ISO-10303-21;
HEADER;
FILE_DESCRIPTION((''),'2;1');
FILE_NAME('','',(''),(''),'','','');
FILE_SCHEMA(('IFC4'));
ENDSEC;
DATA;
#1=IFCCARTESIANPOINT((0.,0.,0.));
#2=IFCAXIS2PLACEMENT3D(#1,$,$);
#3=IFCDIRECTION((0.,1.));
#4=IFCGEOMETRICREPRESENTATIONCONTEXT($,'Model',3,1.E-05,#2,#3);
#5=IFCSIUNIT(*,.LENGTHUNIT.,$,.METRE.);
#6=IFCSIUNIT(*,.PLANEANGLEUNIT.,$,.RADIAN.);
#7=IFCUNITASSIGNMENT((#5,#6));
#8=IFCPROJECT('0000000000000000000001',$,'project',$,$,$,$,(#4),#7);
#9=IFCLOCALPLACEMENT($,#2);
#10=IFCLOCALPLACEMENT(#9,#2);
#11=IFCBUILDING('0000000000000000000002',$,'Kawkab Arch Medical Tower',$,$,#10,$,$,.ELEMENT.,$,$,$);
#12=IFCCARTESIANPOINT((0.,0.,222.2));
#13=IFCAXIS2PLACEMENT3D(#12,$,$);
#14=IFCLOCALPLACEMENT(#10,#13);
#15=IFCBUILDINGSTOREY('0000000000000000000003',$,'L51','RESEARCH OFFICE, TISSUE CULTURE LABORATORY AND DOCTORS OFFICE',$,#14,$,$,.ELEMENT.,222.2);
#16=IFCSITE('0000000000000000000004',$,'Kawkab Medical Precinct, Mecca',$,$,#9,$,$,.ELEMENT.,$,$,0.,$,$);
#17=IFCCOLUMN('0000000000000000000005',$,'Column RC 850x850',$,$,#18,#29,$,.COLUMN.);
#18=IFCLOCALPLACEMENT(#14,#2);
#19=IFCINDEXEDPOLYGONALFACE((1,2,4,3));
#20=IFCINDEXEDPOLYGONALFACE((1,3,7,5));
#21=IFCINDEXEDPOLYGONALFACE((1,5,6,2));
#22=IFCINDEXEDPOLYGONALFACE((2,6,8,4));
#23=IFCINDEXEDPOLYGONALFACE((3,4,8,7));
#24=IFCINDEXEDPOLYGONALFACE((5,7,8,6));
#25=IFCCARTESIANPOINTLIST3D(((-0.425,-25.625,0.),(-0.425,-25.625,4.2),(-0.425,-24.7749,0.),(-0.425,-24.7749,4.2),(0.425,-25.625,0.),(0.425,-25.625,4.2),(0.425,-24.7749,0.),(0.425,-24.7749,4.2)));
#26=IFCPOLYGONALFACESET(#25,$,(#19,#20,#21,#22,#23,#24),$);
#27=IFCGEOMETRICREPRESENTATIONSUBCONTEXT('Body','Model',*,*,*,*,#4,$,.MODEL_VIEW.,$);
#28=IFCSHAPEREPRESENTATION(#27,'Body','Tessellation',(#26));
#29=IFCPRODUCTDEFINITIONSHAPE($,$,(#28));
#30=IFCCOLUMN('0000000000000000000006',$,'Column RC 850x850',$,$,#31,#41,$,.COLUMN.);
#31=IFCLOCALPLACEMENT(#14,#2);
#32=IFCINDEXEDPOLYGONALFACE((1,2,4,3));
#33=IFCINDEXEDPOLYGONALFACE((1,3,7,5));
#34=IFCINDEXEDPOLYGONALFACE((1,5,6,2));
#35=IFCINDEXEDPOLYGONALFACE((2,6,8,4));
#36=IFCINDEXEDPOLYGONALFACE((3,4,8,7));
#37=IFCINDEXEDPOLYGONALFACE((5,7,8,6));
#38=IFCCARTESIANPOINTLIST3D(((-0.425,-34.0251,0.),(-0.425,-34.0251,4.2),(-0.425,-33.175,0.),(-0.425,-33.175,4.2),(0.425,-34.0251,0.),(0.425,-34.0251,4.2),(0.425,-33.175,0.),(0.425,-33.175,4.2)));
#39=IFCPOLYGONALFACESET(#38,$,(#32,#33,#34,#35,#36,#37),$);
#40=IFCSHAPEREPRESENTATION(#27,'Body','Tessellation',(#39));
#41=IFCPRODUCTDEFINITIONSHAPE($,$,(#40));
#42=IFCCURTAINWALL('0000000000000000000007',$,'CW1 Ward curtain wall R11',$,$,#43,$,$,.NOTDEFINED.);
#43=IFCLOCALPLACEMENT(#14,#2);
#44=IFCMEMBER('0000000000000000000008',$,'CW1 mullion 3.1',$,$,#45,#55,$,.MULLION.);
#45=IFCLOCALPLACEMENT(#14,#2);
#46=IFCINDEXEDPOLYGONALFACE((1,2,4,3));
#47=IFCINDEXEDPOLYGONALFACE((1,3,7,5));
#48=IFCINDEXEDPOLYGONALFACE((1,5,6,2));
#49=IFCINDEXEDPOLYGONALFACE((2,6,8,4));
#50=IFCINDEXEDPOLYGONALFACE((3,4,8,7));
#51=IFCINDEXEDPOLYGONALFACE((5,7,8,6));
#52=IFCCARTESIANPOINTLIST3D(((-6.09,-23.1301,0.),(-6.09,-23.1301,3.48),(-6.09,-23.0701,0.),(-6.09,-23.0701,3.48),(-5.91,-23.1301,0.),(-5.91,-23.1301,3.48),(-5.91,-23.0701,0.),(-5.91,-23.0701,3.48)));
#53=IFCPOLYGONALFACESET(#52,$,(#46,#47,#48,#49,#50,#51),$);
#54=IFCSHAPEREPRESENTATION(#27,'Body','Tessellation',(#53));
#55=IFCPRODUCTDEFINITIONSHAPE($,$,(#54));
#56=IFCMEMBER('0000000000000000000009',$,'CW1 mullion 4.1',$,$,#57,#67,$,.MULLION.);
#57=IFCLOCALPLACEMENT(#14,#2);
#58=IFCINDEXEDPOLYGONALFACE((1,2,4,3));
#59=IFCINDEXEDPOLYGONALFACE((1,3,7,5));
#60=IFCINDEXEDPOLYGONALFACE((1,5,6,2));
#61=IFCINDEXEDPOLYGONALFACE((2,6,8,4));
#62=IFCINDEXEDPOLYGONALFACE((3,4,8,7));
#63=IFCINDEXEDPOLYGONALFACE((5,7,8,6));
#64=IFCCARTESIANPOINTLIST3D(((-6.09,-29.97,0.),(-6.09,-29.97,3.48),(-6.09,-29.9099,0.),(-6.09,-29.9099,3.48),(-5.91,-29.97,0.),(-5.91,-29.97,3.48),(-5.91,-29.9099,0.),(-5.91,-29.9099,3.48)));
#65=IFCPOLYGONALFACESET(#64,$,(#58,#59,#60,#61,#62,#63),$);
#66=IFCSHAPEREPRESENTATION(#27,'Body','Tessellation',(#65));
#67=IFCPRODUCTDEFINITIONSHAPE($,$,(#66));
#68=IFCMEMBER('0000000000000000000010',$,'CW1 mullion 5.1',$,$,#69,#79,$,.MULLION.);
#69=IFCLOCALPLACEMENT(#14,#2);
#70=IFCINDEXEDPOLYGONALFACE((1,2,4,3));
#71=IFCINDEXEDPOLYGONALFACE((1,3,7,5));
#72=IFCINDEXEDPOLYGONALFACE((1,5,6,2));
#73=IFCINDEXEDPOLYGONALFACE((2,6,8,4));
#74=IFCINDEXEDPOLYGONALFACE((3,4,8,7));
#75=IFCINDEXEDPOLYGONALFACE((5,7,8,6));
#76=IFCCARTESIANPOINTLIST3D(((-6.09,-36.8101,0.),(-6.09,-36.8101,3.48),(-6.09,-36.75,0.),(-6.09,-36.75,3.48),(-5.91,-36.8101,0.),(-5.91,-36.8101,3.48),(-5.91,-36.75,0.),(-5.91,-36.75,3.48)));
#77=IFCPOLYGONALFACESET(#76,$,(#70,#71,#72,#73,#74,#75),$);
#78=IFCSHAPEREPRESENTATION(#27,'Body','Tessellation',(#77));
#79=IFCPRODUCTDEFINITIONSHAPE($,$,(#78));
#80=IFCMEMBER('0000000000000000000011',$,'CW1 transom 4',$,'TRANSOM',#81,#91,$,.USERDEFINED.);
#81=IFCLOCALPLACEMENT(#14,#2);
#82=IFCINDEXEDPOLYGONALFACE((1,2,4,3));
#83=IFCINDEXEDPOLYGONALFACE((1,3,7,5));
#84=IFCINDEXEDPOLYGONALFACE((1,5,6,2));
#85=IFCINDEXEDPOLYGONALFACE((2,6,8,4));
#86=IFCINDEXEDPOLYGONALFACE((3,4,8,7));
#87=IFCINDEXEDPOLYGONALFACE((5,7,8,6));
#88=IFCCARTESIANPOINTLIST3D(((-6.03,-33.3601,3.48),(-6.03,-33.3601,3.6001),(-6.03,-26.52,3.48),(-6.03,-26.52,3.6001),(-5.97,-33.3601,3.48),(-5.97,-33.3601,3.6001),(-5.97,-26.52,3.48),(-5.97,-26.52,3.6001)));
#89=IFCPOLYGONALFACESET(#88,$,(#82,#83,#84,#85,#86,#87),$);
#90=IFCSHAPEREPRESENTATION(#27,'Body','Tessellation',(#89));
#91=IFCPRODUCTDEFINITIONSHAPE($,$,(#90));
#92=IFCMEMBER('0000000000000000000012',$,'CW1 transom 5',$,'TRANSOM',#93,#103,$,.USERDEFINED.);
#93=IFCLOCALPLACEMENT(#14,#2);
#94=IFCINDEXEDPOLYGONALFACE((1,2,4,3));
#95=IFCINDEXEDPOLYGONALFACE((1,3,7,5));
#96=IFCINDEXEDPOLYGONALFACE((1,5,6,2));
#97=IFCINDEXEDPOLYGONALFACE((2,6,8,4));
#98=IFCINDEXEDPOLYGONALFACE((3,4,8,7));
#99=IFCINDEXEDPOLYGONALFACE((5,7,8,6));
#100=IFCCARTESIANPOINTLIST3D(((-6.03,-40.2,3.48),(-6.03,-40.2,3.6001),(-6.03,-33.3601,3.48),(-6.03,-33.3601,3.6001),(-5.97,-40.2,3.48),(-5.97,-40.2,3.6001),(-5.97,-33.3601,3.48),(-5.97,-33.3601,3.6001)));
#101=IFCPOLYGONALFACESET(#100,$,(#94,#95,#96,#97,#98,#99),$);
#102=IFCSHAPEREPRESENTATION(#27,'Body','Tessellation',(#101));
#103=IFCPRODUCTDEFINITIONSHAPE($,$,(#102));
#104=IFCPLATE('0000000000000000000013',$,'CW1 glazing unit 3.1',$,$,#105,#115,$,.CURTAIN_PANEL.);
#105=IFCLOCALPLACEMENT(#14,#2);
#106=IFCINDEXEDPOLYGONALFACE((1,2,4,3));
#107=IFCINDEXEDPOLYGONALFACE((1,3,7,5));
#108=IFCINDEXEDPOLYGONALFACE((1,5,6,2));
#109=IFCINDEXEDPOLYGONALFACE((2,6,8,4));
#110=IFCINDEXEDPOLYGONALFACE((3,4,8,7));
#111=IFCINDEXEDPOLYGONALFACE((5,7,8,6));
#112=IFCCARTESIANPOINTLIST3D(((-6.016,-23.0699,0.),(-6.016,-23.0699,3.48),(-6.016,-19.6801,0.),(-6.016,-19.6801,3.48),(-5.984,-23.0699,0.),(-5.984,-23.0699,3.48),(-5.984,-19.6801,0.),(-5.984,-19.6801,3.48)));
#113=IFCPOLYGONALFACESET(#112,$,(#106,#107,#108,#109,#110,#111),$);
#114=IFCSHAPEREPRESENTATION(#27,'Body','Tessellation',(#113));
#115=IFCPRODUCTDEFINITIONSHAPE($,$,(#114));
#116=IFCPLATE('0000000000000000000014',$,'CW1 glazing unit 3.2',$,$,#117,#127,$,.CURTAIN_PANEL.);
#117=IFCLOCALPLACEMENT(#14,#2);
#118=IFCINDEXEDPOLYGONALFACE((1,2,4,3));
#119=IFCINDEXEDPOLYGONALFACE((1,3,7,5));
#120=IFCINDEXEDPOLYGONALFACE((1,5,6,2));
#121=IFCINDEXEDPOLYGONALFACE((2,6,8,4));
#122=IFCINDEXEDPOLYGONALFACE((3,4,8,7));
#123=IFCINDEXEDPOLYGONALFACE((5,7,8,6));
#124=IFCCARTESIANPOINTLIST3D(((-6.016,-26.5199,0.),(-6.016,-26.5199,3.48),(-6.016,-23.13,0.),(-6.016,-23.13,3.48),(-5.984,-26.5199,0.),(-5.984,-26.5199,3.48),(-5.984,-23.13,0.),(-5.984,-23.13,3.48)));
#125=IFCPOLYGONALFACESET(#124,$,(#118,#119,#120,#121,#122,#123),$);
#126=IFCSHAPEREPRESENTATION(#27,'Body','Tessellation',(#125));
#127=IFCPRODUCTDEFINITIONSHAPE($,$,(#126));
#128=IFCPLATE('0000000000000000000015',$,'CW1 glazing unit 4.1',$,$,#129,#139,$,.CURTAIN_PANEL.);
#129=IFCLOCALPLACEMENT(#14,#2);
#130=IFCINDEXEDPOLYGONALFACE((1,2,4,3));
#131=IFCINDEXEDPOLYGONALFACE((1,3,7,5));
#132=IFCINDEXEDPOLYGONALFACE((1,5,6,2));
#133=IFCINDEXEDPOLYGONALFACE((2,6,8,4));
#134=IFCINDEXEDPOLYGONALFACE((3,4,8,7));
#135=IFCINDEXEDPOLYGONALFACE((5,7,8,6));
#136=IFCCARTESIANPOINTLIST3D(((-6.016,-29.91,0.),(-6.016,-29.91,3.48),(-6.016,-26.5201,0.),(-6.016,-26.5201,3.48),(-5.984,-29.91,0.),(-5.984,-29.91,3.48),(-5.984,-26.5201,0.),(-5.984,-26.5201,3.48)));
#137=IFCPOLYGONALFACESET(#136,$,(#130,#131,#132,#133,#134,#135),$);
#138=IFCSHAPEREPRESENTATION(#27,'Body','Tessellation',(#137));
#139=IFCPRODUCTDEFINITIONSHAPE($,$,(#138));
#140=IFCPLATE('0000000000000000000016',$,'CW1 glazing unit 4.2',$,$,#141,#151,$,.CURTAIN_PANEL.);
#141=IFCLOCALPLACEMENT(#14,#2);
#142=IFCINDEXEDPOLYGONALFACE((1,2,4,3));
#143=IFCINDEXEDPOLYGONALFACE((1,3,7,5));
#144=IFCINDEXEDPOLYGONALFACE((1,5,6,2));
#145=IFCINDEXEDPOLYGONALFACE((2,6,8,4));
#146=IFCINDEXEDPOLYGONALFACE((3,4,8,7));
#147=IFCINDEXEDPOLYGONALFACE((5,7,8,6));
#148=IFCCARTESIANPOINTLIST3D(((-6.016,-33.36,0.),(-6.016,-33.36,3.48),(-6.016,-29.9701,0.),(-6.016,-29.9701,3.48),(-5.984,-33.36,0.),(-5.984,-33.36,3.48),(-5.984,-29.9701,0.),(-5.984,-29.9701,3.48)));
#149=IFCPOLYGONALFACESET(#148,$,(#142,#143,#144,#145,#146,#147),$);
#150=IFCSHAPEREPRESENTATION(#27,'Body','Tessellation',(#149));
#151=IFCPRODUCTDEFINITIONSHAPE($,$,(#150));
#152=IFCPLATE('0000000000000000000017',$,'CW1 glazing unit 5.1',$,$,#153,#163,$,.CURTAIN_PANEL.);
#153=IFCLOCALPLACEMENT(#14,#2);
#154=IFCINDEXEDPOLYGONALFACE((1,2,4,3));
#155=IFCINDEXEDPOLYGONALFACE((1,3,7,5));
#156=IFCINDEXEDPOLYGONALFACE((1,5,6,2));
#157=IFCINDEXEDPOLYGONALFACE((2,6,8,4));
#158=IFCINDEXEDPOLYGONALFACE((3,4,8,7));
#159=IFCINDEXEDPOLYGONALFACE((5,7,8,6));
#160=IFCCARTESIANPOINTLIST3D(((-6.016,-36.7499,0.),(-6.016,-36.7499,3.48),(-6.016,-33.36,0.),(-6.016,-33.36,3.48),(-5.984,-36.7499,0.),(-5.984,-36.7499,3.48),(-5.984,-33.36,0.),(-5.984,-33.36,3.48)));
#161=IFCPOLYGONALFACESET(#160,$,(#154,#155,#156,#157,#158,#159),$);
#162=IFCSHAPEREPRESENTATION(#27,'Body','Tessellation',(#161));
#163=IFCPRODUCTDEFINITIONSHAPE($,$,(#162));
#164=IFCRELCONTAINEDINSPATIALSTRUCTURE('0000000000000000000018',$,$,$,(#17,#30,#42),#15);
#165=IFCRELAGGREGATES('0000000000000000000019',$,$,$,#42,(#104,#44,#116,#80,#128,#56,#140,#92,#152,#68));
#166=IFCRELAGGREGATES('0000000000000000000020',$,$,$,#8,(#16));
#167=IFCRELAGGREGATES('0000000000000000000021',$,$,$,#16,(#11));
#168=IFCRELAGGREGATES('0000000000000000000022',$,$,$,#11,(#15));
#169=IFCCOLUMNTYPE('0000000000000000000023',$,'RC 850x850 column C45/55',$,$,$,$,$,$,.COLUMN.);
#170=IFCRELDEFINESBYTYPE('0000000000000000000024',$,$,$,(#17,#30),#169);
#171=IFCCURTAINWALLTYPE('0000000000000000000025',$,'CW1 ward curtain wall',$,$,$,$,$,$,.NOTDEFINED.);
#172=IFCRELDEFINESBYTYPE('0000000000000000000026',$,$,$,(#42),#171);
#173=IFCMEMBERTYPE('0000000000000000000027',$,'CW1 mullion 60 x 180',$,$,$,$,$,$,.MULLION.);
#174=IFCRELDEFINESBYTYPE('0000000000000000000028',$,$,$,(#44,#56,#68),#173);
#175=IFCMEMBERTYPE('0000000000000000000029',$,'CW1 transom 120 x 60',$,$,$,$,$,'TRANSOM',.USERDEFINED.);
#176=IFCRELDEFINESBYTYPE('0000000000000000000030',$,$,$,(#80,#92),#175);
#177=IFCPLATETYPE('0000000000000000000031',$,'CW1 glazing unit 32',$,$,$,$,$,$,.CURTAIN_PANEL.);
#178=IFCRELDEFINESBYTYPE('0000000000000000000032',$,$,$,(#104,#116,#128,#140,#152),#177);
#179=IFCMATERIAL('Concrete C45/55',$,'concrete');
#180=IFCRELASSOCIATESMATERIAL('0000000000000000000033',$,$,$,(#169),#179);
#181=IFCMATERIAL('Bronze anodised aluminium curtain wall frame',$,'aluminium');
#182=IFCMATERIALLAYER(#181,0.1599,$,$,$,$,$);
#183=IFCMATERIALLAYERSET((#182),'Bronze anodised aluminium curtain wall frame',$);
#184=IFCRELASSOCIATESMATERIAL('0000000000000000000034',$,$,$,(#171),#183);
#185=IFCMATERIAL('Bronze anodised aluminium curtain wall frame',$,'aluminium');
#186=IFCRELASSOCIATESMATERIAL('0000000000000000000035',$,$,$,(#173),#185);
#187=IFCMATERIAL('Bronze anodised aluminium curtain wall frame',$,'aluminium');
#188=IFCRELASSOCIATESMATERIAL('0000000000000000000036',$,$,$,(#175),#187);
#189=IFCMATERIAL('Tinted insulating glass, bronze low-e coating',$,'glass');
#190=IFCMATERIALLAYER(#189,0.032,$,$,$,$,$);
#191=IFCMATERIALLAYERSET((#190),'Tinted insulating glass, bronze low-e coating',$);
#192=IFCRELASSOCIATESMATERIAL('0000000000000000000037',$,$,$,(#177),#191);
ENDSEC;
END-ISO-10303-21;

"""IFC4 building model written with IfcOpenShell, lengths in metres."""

from ifc_helpers import new_model, si_unit, direction, frame, origin, origin_2d, place, context, subcontext, project, spatial, rectangle, extrude, material, layer, layer_set, material_profile, profile_set, type_object, element, aggregate, save


model = new_model("IFC4")

# Units and contexts
model_context = context("Model", 3, precision=1e-05, world=origin(), true_north=direction((0.0, 1.0)))
body_context = subcontext(model_context, "Body", "Model", "MODEL_VIEW")
ifc_project = project(units=[si_unit("LENGTHUNIT", "METRE"), si_unit("PLANEANGLEUNIT", "RADIAN")], contexts=[model_context])

# Site, building, storey
site_placement = place(None, origin())
site = spatial("IfcSite", under=ifc_project, at=site_placement, Name="Kawkab Medical Precinct, Mecca", CompositionType="ELEMENT", RefElevation=0.0)
building_placement = place(site_placement, origin())
building = spatial("IfcBuilding", under=site, at=building_placement, Name="Kawkab Arch Medical Tower", CompositionType="ELEMENT")
storey_placement = place(building_placement, frame((0.0, 0.0, 222.2)))
storey = spatial("IfcBuildingStorey", under=building, at=storey_placement, Name="L51", Description="RESEARCH OFFICE, TISSUE CULTURE LABORATORY AND DOCTORS OFFICE", CompositionType="ELEMENT", Elevation=222.2)

# Columns
ifc_material_1 = material(Name="Concrete C45/55", Category="concrete")
ifc_material_profile_1 = material_profile(ifc_material_1, rectangle(XDim=0.8501, YDim=0.8501, at=origin_2d()), Name="RC 850x850")
ifc_profile_set_1 = profile_set([ifc_material_profile_1], Name="Concrete C45/55")
column_type = type_object("IfcColumnType", Name="RC 850x850 column C45/55", PredefinedType="COLUMN", material=ifc_profile_set_1)
for number, where, z_axis, x_axis, name in (
    (1, (0.0, -25.2, 0.0), (0.0, 0.0, 1.0), (1.0, 0.0, 0.0), "Column RC 850x850"),
    (2, (0.0, -33.6001, 0.0), (0.0, 0.0, 1.0), (1.0, 0.0, 0.0), "Column RC 850x850"),
):
    element("IfcColumn", number, at=place(storey_placement, frame(where, z_axis=z_axis, x_axis=x_axis)), inside=storey, type_object=column_type, Name=name, PredefinedType="COLUMN", context=body_context, shape_type="SweptSolid", body=[
        extrude(rectangle(XDim=0.8501, YDim=0.8501, at=origin_2d()), origin(), (0.0, 0.0, 1.0), 4.2),
    ])

# Curtain wall, members, plates
ifc_material_2 = material(Name="Bronze anodised aluminium curtain wall frame", Category="aluminium")
ifc_layer_1 = layer(ifc_material_2, 0.1599)
ifc_layer_set_1 = layer_set([ifc_layer_1], Name="Bronze anodised aluminium curtain wall frame")
curtain_wall_type = type_object("IfcCurtainWallType", Name="CW1 ward curtain wall", PredefinedType="NOTDEFINED", material=ifc_layer_set_1)
placement = place(storey_placement, origin())
curtain_wall = element("IfcCurtainWall", 3, at=placement, inside=storey, type_object=curtain_wall_type, Name="CW1 Ward curtain wall R11", PredefinedType="NOTDEFINED")
ifc_material_3 = material(Name="Bronze anodised aluminium curtain wall frame", Category="aluminium")
ifc_material_profile_2 = material_profile(ifc_material_3, rectangle(XDim=0.1799, YDim=0.0601, at=origin_2d()), Name="AL 60x180")
ifc_profile_set_2 = profile_set([ifc_material_profile_2], Name="Bronze anodised aluminium curtain wall frame")
member_type_1 = type_object("IfcMemberType", Name="CW1 mullion 60 x 180", PredefinedType="MULLION", material=ifc_profile_set_2)
member_1_placement = place(storey_placement, frame((-6.0, -23.1001, 0.0), z_axis=(0.0, 0.0, 1.0), x_axis=(1.0, 0.0, 0.0)))
member_1 = element("IfcMember", 4, at=member_1_placement, type_object=member_type_1, Name="CW1 mullion 3.1", PredefinedType="MULLION", context=body_context, shape_type="SweptSolid", body=[
    extrude(rectangle(XDim=0.1799, YDim=0.0601, at=origin_2d()), origin(), (0.0, 0.0, 1.0), 3.48),
])
member_2_placement = place(storey_placement, frame((-6.0, -29.9399, 0.0), z_axis=(0.0, 0.0, 1.0), x_axis=(1.0, 0.0, 0.0)))
member_2 = element("IfcMember", 5, at=member_2_placement, type_object=member_type_1, Name="CW1 mullion 4.1", PredefinedType="MULLION", context=body_context, shape_type="SweptSolid", body=[
    extrude(rectangle(XDim=0.1799, YDim=0.0601, at=origin_2d()), origin(), (0.0, 0.0, 1.0), 3.48),
])
member_3_placement = place(storey_placement, frame((-6.0, -36.78, 0.0), z_axis=(0.0, 0.0, 1.0), x_axis=(1.0, 0.0, 0.0)))
member_3 = element("IfcMember", 6, at=member_3_placement, type_object=member_type_1, Name="CW1 mullion 5.1", PredefinedType="MULLION", context=body_context, shape_type="SweptSolid", body=[
    extrude(rectangle(XDim=0.1799, YDim=0.0601, at=origin_2d()), origin(), (0.0, 0.0, 1.0), 3.48),
])
ifc_material_4 = material(Name="Bronze anodised aluminium curtain wall frame", Category="aluminium")
ifc_material_profile_3 = material_profile(ifc_material_4, rectangle(XDim=0.0601, YDim=0.1201, at=origin_2d()), Name="AL 60x120")
ifc_profile_set_3 = profile_set([ifc_material_profile_3], Name="Bronze anodised aluminium curtain wall frame")
member_type_2 = type_object("IfcMemberType", Name="CW1 transom 120 x 60", ElementType="TRANSOM", PredefinedType="USERDEFINED", material=ifc_profile_set_3)
member_4_placement = place(storey_placement, frame((-6.0, -26.52, 3.54), z_axis=(0.0, -1.0, 0.0), x_axis=(1.0, 0.0, 0.0)))
member_4 = element("IfcMember", 7, at=member_4_placement, type_object=member_type_2, Name="CW1 transom 4", ObjectType="TRANSOM", PredefinedType="USERDEFINED", context=body_context, shape_type="SweptSolid", body=[
    extrude(rectangle(XDim=0.0601, YDim=0.1201, at=origin_2d()), origin(), (0.0, 0.0, 1.0), 6.8401),
])
member_5_placement = place(storey_placement, frame((-6.0, -33.3601, 3.54), z_axis=(0.0, -1.0, 0.0), x_axis=(1.0, 0.0, 0.0)))
member_5 = element("IfcMember", 8, at=member_5_placement, type_object=member_type_2, Name="CW1 transom 5", ObjectType="TRANSOM", PredefinedType="USERDEFINED", context=body_context, shape_type="SweptSolid", body=[
    extrude(rectangle(XDim=0.0601, YDim=0.1201, at=origin_2d()), origin(), (0.0, 0.0, 1.0), 6.8398),
])
ifc_material_5 = material(Name="Tinted insulating glass, bronze low-e coating", Category="glass")
ifc_layer_2 = layer(ifc_material_5, 0.032)
ifc_layer_set_2 = layer_set([ifc_layer_2], Name="Tinted insulating glass, bronze low-e coating")
plate_type = type_object("IfcPlateType", Name="CW1 glazing unit 32", PredefinedType="CURTAIN_PANEL", material=ifc_layer_set_2)
plate_1_placement = place(storey_placement, frame((-6.0, -21.375, 0.0), z_axis=(0.0, 0.0, 1.0), x_axis=(0.0, -1.0, 0.0)))
plate_1 = element("IfcPlate", 9, at=plate_1_placement, type_object=plate_type, Name="CW1 glazing unit 3.1", PredefinedType="CURTAIN_PANEL", context=body_context, shape_type="SweptSolid", body=[
    extrude(rectangle(XDim=3.3899, YDim=0.032, at=origin_2d()), origin(), (0.0, 0.0, 1.0), 3.48),
])
plate_2_placement = place(storey_placement, frame((-6.0, -24.825, 0.0), z_axis=(0.0, 0.0, 1.0), x_axis=(0.0, -1.0, 0.0)))
plate_2 = element("IfcPlate", 10, at=plate_2_placement, type_object=plate_type, Name="CW1 glazing unit 3.2", PredefinedType="CURTAIN_PANEL", context=body_context, shape_type="SweptSolid", body=[
    extrude(rectangle(XDim=3.3899, YDim=0.032, at=origin_2d()), origin(), (0.0, 0.0, 1.0), 3.48),
])
plate_3_placement = place(storey_placement, frame((-6.0, -28.2151, 0.0), z_axis=(0.0, 0.0, 1.0), x_axis=(0.0, -1.0, 0.0)))
plate_3 = element("IfcPlate", 11, at=plate_3_placement, type_object=plate_type, Name="CW1 glazing unit 4.1", PredefinedType="CURTAIN_PANEL", context=body_context, shape_type="SweptSolid", body=[
    extrude(rectangle(XDim=3.3899, YDim=0.032, at=origin_2d()), origin(), (0.0, 0.0, 1.0), 3.48),
])
plate_4_placement = place(storey_placement, frame((-6.0, -31.665, 0.0), z_axis=(0.0, 0.0, 1.0), x_axis=(0.0, -1.0, 0.0)))
plate_4 = element("IfcPlate", 12, at=plate_4_placement, type_object=plate_type, Name="CW1 glazing unit 4.2", PredefinedType="CURTAIN_PANEL", context=body_context, shape_type="SweptSolid", body=[
    extrude(rectangle(XDim=3.3899, YDim=0.032, at=origin_2d()), origin(), (0.0, 0.0, 1.0), 3.48),
])
plate_5_placement = place(storey_placement, frame((-6.0, -35.0549, 0.0), z_axis=(0.0, 0.0, 1.0), x_axis=(0.0, -1.0, 0.0)))
plate_5 = element("IfcPlate", 13, at=plate_5_placement, type_object=plate_type, Name="CW1 glazing unit 5.1", PredefinedType="CURTAIN_PANEL", context=body_context, shape_type="SweptSolid", body=[
    extrude(rectangle(XDim=3.3899, YDim=0.032, at=origin_2d()), origin(), (0.0, 0.0, 1.0), 3.48),
])
aggregate(curtain_wall, [plate_1, member_1, plate_2, member_4, plate_3, member_2, plate_4, member_5, plate_5, member_3])

save(model, "model.ifc")
